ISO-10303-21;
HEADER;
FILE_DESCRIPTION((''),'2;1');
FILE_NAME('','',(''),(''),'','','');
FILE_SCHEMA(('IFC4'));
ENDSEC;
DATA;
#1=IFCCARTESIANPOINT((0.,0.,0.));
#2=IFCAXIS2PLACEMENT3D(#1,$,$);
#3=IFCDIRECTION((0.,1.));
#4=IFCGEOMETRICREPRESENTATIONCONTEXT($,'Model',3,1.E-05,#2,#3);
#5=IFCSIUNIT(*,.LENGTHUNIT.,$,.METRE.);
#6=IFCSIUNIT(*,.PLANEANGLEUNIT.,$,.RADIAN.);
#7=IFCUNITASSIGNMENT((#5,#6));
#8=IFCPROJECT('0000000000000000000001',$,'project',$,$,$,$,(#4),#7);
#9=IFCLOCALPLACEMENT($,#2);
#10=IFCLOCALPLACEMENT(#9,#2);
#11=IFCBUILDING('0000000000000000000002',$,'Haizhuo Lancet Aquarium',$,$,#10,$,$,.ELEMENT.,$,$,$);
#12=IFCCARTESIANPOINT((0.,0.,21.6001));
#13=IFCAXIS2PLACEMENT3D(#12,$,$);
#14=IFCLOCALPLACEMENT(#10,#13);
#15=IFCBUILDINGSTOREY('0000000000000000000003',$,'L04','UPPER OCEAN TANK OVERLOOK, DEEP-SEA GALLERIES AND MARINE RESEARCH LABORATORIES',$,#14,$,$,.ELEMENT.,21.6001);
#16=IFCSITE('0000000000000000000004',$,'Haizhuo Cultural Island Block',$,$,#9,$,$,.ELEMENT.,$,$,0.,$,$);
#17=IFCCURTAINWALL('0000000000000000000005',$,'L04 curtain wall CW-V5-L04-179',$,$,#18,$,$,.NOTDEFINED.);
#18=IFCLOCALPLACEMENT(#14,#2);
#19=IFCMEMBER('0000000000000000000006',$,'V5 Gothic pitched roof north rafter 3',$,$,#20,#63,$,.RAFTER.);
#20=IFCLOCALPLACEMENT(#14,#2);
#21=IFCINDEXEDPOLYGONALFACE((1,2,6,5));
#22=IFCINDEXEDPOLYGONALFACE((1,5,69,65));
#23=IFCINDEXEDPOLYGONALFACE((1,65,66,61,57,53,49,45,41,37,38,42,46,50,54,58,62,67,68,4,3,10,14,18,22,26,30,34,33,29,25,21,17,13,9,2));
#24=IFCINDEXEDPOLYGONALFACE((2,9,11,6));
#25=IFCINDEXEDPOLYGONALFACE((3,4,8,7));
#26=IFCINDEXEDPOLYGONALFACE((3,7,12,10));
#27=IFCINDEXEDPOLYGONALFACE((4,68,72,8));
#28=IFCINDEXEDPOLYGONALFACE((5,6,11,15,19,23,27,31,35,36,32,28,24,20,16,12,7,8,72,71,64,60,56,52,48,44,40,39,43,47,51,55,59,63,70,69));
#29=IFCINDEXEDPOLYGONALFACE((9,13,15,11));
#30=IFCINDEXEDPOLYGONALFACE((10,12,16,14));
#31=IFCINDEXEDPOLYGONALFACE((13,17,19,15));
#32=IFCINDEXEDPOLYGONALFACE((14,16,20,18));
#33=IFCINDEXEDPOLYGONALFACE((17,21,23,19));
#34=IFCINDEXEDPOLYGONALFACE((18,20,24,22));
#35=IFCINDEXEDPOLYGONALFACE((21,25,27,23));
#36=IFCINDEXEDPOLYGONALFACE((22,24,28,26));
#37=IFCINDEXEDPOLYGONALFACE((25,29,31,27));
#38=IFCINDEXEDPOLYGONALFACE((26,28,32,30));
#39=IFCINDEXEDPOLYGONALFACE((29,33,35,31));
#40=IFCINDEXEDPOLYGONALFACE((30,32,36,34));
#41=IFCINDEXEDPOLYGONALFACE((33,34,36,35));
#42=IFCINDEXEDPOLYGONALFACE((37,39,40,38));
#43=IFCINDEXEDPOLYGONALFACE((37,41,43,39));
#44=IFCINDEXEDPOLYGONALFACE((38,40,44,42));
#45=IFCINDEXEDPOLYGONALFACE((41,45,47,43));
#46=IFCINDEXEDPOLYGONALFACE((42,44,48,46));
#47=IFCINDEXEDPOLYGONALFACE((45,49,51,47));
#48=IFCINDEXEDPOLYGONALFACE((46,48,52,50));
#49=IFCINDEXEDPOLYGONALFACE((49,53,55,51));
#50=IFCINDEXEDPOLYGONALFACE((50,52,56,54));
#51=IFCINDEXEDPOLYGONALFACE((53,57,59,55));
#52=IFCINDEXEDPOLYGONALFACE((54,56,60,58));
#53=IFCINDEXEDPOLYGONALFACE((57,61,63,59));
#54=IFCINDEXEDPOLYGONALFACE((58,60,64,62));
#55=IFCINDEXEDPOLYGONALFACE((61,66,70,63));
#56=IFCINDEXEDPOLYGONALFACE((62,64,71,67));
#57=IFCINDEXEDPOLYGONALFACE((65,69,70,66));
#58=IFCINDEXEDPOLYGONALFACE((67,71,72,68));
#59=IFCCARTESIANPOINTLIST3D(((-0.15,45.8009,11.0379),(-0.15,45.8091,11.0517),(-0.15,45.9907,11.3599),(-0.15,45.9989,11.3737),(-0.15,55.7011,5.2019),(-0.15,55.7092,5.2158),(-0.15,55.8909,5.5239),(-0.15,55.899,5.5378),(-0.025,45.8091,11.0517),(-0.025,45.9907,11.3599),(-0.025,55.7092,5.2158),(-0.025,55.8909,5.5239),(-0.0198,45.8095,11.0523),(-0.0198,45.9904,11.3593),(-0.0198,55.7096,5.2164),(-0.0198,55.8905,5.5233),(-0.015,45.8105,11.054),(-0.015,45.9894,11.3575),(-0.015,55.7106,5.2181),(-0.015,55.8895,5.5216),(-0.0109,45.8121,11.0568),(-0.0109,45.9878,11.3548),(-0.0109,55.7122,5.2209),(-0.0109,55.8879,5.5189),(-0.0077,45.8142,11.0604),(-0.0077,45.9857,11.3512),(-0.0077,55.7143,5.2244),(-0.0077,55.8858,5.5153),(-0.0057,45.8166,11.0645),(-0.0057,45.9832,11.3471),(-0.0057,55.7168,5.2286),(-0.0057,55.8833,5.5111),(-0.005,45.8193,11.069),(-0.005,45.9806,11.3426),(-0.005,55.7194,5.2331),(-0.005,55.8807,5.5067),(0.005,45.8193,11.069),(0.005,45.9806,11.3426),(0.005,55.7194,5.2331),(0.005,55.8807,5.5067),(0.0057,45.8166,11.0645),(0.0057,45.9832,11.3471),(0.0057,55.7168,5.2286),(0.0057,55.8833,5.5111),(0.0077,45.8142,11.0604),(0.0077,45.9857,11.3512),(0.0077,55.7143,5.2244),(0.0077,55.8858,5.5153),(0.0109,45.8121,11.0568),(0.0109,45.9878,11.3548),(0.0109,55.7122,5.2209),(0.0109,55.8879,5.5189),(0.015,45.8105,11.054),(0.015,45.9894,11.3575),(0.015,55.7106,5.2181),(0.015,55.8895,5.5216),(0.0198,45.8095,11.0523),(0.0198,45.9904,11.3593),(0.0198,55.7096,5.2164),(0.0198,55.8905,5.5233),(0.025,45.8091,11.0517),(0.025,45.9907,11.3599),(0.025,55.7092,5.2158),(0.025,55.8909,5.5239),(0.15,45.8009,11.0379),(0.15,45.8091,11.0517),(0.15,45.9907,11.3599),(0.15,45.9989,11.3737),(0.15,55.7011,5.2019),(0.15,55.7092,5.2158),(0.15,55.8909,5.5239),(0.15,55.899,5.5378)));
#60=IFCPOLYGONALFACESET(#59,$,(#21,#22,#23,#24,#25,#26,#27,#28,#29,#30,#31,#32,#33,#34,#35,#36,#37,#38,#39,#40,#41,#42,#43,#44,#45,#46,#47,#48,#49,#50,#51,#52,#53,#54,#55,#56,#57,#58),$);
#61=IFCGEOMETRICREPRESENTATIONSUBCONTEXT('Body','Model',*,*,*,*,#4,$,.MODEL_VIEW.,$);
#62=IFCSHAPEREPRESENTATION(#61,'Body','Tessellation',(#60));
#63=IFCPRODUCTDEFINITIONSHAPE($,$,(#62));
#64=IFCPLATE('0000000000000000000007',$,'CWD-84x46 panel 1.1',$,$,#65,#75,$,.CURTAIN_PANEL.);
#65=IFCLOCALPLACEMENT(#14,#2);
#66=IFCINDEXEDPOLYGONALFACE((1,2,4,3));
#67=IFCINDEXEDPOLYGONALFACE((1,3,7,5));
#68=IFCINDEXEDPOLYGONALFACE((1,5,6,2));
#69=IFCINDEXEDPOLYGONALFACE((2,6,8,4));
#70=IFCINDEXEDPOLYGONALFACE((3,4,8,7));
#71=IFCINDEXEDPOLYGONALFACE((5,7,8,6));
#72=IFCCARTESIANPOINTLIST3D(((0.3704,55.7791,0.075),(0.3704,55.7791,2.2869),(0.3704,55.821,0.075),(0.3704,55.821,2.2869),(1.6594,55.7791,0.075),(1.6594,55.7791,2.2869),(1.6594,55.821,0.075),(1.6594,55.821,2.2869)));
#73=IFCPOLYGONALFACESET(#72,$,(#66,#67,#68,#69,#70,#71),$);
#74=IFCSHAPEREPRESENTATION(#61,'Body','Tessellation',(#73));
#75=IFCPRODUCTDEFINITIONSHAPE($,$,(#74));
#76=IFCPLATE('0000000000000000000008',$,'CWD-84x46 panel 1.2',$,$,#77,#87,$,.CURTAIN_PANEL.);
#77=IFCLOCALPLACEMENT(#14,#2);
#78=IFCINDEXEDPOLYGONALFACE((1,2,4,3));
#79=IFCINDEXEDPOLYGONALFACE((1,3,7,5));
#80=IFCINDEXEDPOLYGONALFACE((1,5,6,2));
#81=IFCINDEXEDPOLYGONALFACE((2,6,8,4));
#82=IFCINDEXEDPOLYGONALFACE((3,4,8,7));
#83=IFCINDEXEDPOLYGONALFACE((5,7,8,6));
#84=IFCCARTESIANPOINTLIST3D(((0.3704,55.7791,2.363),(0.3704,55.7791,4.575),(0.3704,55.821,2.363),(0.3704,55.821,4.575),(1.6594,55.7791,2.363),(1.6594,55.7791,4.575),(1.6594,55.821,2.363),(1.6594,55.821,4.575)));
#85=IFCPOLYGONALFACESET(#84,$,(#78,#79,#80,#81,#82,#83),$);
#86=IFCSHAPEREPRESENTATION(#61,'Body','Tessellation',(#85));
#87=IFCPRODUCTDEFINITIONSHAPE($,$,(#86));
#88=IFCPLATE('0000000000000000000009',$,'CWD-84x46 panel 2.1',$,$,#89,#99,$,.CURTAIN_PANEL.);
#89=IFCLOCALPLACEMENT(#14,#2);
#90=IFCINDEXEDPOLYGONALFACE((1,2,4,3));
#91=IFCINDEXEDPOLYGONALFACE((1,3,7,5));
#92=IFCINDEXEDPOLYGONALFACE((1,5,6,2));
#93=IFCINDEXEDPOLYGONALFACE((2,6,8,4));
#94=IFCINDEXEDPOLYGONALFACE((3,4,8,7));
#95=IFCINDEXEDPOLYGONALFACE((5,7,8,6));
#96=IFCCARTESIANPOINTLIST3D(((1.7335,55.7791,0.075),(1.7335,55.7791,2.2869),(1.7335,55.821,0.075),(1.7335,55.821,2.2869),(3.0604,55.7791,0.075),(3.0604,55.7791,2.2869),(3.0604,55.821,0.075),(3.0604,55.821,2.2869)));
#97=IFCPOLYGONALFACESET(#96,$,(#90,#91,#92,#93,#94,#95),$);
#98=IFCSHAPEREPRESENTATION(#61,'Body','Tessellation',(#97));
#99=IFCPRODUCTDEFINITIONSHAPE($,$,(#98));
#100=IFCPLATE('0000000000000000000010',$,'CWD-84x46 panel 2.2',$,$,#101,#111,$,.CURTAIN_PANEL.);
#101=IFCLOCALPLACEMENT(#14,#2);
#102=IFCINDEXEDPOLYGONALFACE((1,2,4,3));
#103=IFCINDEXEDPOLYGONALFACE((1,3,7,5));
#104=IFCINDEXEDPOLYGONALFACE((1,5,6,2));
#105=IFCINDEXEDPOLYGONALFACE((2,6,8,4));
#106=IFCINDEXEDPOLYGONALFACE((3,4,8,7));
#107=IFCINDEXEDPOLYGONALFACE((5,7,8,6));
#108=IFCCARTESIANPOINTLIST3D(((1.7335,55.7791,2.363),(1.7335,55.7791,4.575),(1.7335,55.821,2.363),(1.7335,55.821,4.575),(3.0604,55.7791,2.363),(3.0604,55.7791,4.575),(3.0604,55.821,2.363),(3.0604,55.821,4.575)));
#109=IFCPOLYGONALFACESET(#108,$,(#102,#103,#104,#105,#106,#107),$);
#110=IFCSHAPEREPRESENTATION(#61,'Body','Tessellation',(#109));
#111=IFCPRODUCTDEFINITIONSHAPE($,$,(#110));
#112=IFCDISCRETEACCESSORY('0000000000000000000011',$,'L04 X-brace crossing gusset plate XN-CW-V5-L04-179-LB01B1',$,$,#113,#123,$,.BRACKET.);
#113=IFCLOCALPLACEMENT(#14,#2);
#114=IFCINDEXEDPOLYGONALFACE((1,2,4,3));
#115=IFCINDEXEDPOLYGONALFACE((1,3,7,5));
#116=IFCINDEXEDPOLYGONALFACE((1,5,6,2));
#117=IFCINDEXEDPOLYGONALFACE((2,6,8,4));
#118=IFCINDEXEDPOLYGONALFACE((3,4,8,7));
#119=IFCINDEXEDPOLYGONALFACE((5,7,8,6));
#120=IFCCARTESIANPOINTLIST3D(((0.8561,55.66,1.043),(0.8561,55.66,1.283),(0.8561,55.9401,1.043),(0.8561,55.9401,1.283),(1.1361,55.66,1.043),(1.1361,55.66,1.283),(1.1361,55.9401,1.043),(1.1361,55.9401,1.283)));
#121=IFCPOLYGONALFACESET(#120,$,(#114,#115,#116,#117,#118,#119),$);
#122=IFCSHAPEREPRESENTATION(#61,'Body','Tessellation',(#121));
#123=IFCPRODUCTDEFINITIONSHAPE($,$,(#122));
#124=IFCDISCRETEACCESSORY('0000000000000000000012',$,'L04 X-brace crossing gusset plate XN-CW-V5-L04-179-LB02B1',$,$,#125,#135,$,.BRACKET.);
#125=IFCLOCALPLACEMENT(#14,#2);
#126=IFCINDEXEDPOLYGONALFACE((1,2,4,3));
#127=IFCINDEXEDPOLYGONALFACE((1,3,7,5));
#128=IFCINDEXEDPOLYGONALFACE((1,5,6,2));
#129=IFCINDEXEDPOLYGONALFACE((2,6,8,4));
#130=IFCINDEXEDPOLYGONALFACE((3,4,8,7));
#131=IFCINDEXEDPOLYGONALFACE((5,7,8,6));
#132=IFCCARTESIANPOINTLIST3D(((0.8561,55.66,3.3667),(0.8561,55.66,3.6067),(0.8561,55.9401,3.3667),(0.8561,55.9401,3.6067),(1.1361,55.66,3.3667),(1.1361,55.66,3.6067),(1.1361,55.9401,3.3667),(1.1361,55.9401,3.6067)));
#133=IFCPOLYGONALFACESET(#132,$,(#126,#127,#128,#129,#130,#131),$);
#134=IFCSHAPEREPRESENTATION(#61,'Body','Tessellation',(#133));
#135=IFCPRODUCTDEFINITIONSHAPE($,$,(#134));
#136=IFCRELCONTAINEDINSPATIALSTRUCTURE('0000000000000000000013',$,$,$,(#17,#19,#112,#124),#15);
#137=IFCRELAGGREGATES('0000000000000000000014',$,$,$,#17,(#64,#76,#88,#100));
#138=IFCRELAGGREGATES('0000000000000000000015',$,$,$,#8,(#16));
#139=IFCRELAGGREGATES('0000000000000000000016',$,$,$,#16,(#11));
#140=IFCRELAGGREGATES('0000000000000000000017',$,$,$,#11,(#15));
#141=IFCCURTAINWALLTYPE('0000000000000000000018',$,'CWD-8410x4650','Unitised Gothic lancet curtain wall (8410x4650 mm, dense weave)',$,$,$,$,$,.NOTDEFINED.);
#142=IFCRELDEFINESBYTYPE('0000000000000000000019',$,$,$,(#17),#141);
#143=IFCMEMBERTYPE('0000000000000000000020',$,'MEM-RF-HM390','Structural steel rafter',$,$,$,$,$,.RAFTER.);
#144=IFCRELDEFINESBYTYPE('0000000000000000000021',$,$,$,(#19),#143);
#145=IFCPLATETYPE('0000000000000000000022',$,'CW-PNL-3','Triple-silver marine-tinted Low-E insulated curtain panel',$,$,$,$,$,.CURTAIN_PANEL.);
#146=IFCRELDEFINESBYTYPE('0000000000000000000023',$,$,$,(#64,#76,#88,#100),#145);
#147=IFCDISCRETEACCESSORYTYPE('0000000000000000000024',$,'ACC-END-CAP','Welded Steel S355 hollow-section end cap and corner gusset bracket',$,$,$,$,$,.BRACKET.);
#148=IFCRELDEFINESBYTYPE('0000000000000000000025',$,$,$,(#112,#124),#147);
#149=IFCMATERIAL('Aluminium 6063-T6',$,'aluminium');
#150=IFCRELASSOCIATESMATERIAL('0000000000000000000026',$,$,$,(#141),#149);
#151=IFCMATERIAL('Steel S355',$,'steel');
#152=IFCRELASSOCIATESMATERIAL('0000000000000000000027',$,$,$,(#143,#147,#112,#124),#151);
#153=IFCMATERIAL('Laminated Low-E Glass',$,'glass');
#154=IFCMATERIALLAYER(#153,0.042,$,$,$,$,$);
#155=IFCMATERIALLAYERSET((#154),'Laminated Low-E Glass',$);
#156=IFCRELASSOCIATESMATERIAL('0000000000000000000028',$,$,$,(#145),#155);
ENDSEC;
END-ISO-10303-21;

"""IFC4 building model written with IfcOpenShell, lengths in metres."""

from ifc_helpers import new_model, si_unit, direction, frame, origin, origin_2d, place, context, subcontext, project, spatial, rectangle, i_section, extrude, material, layer, layer_set, material_profile, profile_set, type_object, element, aggregate, save


model = new_model("IFC4")

# Units and contexts
model_context = context("Model", 3, precision=1e-05, world=origin(), true_north=direction((0.0, 1.0)))
body_context = subcontext(model_context, "Body", "Model", "MODEL_VIEW")
ifc_project = project(units=[si_unit("LENGTHUNIT", "METRE"), si_unit("PLANEANGLEUNIT", "RADIAN")], contexts=[model_context])

# Site, building, storey
site_placement = place(None, origin())
site = spatial("IfcSite", under=ifc_project, at=site_placement, Name="Haizhuo Cultural Island Block", CompositionType="ELEMENT", RefElevation=0.0)
building_placement = place(site_placement, origin())
building = spatial("IfcBuilding", under=site, at=building_placement, Name="Haizhuo Lancet Aquarium", CompositionType="ELEMENT")
storey_placement = place(building_placement, frame((0.0, 0.0, 21.6001)))
storey = spatial("IfcBuildingStorey", under=building, at=storey_placement, Name="L04", Description="UPPER OCEAN TANK OVERLOOK, DEEP-SEA GALLERIES AND MARINE RESEARCH LABORATORIES", CompositionType="ELEMENT", Elevation=21.6001)

# Curtain wall
ifc_material_1 = material(Name="Aluminium 6063-T6", Category="aluminium")
curtain_wall_type = type_object("IfcCurtainWallType", Name="CWD-8410x4650", Description="Unitised Gothic lancet curtain wall (8410x4650 mm, dense weave)", PredefinedType="NOTDEFINED", material=ifc_material_1)
curtain_wall_placement = place(storey_placement, origin())
curtain_wall = element("IfcCurtainWall", 1, at=curtain_wall_placement, inside=storey, type_object=curtain_wall_type, Name="L04 curtain wall CW-V5-L04-179", PredefinedType="NOTDEFINED")

# Member
ifc_material_2 = material(Name="Steel S355", Category="steel")
ifc_material_profile_1 = material_profile(ifc_material_2, i_section(OverallWidth=0.3, OverallDepth=0.3899, WebThickness=0.01, FlangeThickness=0.0161, FilletRadius=0.02, at=origin_2d()), Name="HM 390x300x10x16")
ifc_profile_set_1 = profile_set([ifc_material_profile_1], Name="Steel S355")
member_type_1 = type_object("IfcMemberType", Name="MEM-RF-HM390", Description="Structural steel rafter", PredefinedType="RAFTER", material=ifc_profile_set_1)
member_1_placement = place(storey_placement, frame((0.0, 55.8, 5.3699), z_axis=(0.0, -0.861465, 0.507816), x_axis=(1.0, 0.0, 0.0)))
element("IfcMember", 2, at=member_1_placement, inside=storey, type_object=member_type_1, Name="V5 Gothic pitched roof north rafter 3", PredefinedType="RAFTER", context=body_context, shape_type="SweptSolid", body=[
    extrude(i_section(OverallWidth=0.3, OverallDepth=0.3899, WebThickness=0.01, FlangeThickness=0.0161, FilletRadius=0.02, at=origin_2d()), origin(), (0.0, 0.0, 1.0), 11.4922),
])

# Plates
ifc_material_3 = material(Name="Laminated Low-E Glass", Category="glass")
ifc_layer = layer(ifc_material_3, 0.042)
ifc_layer_set = layer_set([ifc_layer], Name="Laminated Low-E Glass")
plate_type = type_object("IfcPlateType", Name="CW-PNL-3", Description="Triple-silver marine-tinted Low-E insulated curtain panel", PredefinedType="CURTAIN_PANEL", material=ifc_layer_set)
plate_1_placement = place(storey_placement, frame((1.0149, 55.8, 0.075), z_axis=(0.0, 0.0, 1.0), x_axis=(1.0, 0.0, 0.0)))
plate_1 = element("IfcPlate", 3, at=plate_1_placement, type_object=plate_type, Name="CWD-84x46 panel 1.1", PredefinedType="CURTAIN_PANEL", context=body_context, shape_type="SweptSolid", body=[
    extrude(rectangle(XDim=1.2891, YDim=0.042, at=origin_2d()), origin(), (0.0, 0.0, 1.0), 2.2119),
])
plate_2_placement = place(storey_placement, frame((1.0149, 55.8, 2.363), z_axis=(0.0, 0.0, 1.0), x_axis=(1.0, 0.0, 0.0)))
plate_2 = element("IfcPlate", 4, at=plate_2_placement, type_object=plate_type, Name="CWD-84x46 panel 1.2", PredefinedType="CURTAIN_PANEL", context=body_context, shape_type="SweptSolid", body=[
    extrude(rectangle(XDim=1.2891, YDim=0.042, at=origin_2d()), origin(), (0.0, 0.0, 1.0), 2.2119),
])
plate_3_placement = place(storey_placement, frame((2.397, 55.8, 0.075), z_axis=(0.0, 0.0, 1.0), x_axis=(1.0, 0.0, 0.0)))
plate_3 = element("IfcPlate", 5, at=plate_3_placement, type_object=plate_type, Name="CWD-84x46 panel 2.1", PredefinedType="CURTAIN_PANEL", context=body_context, shape_type="SweptSolid", body=[
    extrude(rectangle(XDim=1.3269, YDim=0.042, at=origin_2d()), origin(), (0.0, 0.0, 1.0), 2.2119),
])
plate_4_placement = place(storey_placement, frame((2.397, 55.8, 2.363), z_axis=(0.0, 0.0, 1.0), x_axis=(1.0, 0.0, 0.0)))
plate_4 = element("IfcPlate", 6, at=plate_4_placement, type_object=plate_type, Name="CWD-84x46 panel 2.2", PredefinedType="CURTAIN_PANEL", context=body_context, shape_type="SweptSolid", body=[
    extrude(rectangle(XDim=1.3269, YDim=0.042, at=origin_2d()), origin(), (0.0, 0.0, 1.0), 2.2119),
])
aggregate(curtain_wall, [plate_1, plate_2, plate_3, plate_4])

# Discrete accessories
discrete_accessory_type = type_object("IfcDiscreteAccessoryType", Name="ACC-END-CAP", Description="Welded Steel S355 hollow-section end cap and corner gusset bracket", PredefinedType="BRACKET", material=ifc_material_2)
for number, where, z_axis, x_axis, name in (
    (7, (0.9961, 55.8, 1.043), (0.0, 0.0, 1.0), (1.0, 0.0, 0.0), "L04 X-brace crossing gusset plate XN-CW-V5-L04-179-LB01B1"),
    (8, (0.9961, 55.8, 3.3667), (0.0, 0.0, 1.0), (1.0, 0.0, 0.0), "L04 X-brace crossing gusset plate XN-CW-V5-L04-179-LB02B1"),
):
    element("IfcDiscreteAccessory", number, at=place(storey_placement, frame(where, z_axis=z_axis, x_axis=x_axis)), inside=storey, type_object=discrete_accessory_type, material=ifc_material_2, Name=name, PredefinedType="BRACKET", context=body_context, shape_type="SweptSolid", body=[
        extrude(rectangle(XDim=0.28, YDim=0.28, at=origin_2d()), origin(), (0.0, 0.0, 1.0), 0.24),
    ])

save(model, "model.ifc")
